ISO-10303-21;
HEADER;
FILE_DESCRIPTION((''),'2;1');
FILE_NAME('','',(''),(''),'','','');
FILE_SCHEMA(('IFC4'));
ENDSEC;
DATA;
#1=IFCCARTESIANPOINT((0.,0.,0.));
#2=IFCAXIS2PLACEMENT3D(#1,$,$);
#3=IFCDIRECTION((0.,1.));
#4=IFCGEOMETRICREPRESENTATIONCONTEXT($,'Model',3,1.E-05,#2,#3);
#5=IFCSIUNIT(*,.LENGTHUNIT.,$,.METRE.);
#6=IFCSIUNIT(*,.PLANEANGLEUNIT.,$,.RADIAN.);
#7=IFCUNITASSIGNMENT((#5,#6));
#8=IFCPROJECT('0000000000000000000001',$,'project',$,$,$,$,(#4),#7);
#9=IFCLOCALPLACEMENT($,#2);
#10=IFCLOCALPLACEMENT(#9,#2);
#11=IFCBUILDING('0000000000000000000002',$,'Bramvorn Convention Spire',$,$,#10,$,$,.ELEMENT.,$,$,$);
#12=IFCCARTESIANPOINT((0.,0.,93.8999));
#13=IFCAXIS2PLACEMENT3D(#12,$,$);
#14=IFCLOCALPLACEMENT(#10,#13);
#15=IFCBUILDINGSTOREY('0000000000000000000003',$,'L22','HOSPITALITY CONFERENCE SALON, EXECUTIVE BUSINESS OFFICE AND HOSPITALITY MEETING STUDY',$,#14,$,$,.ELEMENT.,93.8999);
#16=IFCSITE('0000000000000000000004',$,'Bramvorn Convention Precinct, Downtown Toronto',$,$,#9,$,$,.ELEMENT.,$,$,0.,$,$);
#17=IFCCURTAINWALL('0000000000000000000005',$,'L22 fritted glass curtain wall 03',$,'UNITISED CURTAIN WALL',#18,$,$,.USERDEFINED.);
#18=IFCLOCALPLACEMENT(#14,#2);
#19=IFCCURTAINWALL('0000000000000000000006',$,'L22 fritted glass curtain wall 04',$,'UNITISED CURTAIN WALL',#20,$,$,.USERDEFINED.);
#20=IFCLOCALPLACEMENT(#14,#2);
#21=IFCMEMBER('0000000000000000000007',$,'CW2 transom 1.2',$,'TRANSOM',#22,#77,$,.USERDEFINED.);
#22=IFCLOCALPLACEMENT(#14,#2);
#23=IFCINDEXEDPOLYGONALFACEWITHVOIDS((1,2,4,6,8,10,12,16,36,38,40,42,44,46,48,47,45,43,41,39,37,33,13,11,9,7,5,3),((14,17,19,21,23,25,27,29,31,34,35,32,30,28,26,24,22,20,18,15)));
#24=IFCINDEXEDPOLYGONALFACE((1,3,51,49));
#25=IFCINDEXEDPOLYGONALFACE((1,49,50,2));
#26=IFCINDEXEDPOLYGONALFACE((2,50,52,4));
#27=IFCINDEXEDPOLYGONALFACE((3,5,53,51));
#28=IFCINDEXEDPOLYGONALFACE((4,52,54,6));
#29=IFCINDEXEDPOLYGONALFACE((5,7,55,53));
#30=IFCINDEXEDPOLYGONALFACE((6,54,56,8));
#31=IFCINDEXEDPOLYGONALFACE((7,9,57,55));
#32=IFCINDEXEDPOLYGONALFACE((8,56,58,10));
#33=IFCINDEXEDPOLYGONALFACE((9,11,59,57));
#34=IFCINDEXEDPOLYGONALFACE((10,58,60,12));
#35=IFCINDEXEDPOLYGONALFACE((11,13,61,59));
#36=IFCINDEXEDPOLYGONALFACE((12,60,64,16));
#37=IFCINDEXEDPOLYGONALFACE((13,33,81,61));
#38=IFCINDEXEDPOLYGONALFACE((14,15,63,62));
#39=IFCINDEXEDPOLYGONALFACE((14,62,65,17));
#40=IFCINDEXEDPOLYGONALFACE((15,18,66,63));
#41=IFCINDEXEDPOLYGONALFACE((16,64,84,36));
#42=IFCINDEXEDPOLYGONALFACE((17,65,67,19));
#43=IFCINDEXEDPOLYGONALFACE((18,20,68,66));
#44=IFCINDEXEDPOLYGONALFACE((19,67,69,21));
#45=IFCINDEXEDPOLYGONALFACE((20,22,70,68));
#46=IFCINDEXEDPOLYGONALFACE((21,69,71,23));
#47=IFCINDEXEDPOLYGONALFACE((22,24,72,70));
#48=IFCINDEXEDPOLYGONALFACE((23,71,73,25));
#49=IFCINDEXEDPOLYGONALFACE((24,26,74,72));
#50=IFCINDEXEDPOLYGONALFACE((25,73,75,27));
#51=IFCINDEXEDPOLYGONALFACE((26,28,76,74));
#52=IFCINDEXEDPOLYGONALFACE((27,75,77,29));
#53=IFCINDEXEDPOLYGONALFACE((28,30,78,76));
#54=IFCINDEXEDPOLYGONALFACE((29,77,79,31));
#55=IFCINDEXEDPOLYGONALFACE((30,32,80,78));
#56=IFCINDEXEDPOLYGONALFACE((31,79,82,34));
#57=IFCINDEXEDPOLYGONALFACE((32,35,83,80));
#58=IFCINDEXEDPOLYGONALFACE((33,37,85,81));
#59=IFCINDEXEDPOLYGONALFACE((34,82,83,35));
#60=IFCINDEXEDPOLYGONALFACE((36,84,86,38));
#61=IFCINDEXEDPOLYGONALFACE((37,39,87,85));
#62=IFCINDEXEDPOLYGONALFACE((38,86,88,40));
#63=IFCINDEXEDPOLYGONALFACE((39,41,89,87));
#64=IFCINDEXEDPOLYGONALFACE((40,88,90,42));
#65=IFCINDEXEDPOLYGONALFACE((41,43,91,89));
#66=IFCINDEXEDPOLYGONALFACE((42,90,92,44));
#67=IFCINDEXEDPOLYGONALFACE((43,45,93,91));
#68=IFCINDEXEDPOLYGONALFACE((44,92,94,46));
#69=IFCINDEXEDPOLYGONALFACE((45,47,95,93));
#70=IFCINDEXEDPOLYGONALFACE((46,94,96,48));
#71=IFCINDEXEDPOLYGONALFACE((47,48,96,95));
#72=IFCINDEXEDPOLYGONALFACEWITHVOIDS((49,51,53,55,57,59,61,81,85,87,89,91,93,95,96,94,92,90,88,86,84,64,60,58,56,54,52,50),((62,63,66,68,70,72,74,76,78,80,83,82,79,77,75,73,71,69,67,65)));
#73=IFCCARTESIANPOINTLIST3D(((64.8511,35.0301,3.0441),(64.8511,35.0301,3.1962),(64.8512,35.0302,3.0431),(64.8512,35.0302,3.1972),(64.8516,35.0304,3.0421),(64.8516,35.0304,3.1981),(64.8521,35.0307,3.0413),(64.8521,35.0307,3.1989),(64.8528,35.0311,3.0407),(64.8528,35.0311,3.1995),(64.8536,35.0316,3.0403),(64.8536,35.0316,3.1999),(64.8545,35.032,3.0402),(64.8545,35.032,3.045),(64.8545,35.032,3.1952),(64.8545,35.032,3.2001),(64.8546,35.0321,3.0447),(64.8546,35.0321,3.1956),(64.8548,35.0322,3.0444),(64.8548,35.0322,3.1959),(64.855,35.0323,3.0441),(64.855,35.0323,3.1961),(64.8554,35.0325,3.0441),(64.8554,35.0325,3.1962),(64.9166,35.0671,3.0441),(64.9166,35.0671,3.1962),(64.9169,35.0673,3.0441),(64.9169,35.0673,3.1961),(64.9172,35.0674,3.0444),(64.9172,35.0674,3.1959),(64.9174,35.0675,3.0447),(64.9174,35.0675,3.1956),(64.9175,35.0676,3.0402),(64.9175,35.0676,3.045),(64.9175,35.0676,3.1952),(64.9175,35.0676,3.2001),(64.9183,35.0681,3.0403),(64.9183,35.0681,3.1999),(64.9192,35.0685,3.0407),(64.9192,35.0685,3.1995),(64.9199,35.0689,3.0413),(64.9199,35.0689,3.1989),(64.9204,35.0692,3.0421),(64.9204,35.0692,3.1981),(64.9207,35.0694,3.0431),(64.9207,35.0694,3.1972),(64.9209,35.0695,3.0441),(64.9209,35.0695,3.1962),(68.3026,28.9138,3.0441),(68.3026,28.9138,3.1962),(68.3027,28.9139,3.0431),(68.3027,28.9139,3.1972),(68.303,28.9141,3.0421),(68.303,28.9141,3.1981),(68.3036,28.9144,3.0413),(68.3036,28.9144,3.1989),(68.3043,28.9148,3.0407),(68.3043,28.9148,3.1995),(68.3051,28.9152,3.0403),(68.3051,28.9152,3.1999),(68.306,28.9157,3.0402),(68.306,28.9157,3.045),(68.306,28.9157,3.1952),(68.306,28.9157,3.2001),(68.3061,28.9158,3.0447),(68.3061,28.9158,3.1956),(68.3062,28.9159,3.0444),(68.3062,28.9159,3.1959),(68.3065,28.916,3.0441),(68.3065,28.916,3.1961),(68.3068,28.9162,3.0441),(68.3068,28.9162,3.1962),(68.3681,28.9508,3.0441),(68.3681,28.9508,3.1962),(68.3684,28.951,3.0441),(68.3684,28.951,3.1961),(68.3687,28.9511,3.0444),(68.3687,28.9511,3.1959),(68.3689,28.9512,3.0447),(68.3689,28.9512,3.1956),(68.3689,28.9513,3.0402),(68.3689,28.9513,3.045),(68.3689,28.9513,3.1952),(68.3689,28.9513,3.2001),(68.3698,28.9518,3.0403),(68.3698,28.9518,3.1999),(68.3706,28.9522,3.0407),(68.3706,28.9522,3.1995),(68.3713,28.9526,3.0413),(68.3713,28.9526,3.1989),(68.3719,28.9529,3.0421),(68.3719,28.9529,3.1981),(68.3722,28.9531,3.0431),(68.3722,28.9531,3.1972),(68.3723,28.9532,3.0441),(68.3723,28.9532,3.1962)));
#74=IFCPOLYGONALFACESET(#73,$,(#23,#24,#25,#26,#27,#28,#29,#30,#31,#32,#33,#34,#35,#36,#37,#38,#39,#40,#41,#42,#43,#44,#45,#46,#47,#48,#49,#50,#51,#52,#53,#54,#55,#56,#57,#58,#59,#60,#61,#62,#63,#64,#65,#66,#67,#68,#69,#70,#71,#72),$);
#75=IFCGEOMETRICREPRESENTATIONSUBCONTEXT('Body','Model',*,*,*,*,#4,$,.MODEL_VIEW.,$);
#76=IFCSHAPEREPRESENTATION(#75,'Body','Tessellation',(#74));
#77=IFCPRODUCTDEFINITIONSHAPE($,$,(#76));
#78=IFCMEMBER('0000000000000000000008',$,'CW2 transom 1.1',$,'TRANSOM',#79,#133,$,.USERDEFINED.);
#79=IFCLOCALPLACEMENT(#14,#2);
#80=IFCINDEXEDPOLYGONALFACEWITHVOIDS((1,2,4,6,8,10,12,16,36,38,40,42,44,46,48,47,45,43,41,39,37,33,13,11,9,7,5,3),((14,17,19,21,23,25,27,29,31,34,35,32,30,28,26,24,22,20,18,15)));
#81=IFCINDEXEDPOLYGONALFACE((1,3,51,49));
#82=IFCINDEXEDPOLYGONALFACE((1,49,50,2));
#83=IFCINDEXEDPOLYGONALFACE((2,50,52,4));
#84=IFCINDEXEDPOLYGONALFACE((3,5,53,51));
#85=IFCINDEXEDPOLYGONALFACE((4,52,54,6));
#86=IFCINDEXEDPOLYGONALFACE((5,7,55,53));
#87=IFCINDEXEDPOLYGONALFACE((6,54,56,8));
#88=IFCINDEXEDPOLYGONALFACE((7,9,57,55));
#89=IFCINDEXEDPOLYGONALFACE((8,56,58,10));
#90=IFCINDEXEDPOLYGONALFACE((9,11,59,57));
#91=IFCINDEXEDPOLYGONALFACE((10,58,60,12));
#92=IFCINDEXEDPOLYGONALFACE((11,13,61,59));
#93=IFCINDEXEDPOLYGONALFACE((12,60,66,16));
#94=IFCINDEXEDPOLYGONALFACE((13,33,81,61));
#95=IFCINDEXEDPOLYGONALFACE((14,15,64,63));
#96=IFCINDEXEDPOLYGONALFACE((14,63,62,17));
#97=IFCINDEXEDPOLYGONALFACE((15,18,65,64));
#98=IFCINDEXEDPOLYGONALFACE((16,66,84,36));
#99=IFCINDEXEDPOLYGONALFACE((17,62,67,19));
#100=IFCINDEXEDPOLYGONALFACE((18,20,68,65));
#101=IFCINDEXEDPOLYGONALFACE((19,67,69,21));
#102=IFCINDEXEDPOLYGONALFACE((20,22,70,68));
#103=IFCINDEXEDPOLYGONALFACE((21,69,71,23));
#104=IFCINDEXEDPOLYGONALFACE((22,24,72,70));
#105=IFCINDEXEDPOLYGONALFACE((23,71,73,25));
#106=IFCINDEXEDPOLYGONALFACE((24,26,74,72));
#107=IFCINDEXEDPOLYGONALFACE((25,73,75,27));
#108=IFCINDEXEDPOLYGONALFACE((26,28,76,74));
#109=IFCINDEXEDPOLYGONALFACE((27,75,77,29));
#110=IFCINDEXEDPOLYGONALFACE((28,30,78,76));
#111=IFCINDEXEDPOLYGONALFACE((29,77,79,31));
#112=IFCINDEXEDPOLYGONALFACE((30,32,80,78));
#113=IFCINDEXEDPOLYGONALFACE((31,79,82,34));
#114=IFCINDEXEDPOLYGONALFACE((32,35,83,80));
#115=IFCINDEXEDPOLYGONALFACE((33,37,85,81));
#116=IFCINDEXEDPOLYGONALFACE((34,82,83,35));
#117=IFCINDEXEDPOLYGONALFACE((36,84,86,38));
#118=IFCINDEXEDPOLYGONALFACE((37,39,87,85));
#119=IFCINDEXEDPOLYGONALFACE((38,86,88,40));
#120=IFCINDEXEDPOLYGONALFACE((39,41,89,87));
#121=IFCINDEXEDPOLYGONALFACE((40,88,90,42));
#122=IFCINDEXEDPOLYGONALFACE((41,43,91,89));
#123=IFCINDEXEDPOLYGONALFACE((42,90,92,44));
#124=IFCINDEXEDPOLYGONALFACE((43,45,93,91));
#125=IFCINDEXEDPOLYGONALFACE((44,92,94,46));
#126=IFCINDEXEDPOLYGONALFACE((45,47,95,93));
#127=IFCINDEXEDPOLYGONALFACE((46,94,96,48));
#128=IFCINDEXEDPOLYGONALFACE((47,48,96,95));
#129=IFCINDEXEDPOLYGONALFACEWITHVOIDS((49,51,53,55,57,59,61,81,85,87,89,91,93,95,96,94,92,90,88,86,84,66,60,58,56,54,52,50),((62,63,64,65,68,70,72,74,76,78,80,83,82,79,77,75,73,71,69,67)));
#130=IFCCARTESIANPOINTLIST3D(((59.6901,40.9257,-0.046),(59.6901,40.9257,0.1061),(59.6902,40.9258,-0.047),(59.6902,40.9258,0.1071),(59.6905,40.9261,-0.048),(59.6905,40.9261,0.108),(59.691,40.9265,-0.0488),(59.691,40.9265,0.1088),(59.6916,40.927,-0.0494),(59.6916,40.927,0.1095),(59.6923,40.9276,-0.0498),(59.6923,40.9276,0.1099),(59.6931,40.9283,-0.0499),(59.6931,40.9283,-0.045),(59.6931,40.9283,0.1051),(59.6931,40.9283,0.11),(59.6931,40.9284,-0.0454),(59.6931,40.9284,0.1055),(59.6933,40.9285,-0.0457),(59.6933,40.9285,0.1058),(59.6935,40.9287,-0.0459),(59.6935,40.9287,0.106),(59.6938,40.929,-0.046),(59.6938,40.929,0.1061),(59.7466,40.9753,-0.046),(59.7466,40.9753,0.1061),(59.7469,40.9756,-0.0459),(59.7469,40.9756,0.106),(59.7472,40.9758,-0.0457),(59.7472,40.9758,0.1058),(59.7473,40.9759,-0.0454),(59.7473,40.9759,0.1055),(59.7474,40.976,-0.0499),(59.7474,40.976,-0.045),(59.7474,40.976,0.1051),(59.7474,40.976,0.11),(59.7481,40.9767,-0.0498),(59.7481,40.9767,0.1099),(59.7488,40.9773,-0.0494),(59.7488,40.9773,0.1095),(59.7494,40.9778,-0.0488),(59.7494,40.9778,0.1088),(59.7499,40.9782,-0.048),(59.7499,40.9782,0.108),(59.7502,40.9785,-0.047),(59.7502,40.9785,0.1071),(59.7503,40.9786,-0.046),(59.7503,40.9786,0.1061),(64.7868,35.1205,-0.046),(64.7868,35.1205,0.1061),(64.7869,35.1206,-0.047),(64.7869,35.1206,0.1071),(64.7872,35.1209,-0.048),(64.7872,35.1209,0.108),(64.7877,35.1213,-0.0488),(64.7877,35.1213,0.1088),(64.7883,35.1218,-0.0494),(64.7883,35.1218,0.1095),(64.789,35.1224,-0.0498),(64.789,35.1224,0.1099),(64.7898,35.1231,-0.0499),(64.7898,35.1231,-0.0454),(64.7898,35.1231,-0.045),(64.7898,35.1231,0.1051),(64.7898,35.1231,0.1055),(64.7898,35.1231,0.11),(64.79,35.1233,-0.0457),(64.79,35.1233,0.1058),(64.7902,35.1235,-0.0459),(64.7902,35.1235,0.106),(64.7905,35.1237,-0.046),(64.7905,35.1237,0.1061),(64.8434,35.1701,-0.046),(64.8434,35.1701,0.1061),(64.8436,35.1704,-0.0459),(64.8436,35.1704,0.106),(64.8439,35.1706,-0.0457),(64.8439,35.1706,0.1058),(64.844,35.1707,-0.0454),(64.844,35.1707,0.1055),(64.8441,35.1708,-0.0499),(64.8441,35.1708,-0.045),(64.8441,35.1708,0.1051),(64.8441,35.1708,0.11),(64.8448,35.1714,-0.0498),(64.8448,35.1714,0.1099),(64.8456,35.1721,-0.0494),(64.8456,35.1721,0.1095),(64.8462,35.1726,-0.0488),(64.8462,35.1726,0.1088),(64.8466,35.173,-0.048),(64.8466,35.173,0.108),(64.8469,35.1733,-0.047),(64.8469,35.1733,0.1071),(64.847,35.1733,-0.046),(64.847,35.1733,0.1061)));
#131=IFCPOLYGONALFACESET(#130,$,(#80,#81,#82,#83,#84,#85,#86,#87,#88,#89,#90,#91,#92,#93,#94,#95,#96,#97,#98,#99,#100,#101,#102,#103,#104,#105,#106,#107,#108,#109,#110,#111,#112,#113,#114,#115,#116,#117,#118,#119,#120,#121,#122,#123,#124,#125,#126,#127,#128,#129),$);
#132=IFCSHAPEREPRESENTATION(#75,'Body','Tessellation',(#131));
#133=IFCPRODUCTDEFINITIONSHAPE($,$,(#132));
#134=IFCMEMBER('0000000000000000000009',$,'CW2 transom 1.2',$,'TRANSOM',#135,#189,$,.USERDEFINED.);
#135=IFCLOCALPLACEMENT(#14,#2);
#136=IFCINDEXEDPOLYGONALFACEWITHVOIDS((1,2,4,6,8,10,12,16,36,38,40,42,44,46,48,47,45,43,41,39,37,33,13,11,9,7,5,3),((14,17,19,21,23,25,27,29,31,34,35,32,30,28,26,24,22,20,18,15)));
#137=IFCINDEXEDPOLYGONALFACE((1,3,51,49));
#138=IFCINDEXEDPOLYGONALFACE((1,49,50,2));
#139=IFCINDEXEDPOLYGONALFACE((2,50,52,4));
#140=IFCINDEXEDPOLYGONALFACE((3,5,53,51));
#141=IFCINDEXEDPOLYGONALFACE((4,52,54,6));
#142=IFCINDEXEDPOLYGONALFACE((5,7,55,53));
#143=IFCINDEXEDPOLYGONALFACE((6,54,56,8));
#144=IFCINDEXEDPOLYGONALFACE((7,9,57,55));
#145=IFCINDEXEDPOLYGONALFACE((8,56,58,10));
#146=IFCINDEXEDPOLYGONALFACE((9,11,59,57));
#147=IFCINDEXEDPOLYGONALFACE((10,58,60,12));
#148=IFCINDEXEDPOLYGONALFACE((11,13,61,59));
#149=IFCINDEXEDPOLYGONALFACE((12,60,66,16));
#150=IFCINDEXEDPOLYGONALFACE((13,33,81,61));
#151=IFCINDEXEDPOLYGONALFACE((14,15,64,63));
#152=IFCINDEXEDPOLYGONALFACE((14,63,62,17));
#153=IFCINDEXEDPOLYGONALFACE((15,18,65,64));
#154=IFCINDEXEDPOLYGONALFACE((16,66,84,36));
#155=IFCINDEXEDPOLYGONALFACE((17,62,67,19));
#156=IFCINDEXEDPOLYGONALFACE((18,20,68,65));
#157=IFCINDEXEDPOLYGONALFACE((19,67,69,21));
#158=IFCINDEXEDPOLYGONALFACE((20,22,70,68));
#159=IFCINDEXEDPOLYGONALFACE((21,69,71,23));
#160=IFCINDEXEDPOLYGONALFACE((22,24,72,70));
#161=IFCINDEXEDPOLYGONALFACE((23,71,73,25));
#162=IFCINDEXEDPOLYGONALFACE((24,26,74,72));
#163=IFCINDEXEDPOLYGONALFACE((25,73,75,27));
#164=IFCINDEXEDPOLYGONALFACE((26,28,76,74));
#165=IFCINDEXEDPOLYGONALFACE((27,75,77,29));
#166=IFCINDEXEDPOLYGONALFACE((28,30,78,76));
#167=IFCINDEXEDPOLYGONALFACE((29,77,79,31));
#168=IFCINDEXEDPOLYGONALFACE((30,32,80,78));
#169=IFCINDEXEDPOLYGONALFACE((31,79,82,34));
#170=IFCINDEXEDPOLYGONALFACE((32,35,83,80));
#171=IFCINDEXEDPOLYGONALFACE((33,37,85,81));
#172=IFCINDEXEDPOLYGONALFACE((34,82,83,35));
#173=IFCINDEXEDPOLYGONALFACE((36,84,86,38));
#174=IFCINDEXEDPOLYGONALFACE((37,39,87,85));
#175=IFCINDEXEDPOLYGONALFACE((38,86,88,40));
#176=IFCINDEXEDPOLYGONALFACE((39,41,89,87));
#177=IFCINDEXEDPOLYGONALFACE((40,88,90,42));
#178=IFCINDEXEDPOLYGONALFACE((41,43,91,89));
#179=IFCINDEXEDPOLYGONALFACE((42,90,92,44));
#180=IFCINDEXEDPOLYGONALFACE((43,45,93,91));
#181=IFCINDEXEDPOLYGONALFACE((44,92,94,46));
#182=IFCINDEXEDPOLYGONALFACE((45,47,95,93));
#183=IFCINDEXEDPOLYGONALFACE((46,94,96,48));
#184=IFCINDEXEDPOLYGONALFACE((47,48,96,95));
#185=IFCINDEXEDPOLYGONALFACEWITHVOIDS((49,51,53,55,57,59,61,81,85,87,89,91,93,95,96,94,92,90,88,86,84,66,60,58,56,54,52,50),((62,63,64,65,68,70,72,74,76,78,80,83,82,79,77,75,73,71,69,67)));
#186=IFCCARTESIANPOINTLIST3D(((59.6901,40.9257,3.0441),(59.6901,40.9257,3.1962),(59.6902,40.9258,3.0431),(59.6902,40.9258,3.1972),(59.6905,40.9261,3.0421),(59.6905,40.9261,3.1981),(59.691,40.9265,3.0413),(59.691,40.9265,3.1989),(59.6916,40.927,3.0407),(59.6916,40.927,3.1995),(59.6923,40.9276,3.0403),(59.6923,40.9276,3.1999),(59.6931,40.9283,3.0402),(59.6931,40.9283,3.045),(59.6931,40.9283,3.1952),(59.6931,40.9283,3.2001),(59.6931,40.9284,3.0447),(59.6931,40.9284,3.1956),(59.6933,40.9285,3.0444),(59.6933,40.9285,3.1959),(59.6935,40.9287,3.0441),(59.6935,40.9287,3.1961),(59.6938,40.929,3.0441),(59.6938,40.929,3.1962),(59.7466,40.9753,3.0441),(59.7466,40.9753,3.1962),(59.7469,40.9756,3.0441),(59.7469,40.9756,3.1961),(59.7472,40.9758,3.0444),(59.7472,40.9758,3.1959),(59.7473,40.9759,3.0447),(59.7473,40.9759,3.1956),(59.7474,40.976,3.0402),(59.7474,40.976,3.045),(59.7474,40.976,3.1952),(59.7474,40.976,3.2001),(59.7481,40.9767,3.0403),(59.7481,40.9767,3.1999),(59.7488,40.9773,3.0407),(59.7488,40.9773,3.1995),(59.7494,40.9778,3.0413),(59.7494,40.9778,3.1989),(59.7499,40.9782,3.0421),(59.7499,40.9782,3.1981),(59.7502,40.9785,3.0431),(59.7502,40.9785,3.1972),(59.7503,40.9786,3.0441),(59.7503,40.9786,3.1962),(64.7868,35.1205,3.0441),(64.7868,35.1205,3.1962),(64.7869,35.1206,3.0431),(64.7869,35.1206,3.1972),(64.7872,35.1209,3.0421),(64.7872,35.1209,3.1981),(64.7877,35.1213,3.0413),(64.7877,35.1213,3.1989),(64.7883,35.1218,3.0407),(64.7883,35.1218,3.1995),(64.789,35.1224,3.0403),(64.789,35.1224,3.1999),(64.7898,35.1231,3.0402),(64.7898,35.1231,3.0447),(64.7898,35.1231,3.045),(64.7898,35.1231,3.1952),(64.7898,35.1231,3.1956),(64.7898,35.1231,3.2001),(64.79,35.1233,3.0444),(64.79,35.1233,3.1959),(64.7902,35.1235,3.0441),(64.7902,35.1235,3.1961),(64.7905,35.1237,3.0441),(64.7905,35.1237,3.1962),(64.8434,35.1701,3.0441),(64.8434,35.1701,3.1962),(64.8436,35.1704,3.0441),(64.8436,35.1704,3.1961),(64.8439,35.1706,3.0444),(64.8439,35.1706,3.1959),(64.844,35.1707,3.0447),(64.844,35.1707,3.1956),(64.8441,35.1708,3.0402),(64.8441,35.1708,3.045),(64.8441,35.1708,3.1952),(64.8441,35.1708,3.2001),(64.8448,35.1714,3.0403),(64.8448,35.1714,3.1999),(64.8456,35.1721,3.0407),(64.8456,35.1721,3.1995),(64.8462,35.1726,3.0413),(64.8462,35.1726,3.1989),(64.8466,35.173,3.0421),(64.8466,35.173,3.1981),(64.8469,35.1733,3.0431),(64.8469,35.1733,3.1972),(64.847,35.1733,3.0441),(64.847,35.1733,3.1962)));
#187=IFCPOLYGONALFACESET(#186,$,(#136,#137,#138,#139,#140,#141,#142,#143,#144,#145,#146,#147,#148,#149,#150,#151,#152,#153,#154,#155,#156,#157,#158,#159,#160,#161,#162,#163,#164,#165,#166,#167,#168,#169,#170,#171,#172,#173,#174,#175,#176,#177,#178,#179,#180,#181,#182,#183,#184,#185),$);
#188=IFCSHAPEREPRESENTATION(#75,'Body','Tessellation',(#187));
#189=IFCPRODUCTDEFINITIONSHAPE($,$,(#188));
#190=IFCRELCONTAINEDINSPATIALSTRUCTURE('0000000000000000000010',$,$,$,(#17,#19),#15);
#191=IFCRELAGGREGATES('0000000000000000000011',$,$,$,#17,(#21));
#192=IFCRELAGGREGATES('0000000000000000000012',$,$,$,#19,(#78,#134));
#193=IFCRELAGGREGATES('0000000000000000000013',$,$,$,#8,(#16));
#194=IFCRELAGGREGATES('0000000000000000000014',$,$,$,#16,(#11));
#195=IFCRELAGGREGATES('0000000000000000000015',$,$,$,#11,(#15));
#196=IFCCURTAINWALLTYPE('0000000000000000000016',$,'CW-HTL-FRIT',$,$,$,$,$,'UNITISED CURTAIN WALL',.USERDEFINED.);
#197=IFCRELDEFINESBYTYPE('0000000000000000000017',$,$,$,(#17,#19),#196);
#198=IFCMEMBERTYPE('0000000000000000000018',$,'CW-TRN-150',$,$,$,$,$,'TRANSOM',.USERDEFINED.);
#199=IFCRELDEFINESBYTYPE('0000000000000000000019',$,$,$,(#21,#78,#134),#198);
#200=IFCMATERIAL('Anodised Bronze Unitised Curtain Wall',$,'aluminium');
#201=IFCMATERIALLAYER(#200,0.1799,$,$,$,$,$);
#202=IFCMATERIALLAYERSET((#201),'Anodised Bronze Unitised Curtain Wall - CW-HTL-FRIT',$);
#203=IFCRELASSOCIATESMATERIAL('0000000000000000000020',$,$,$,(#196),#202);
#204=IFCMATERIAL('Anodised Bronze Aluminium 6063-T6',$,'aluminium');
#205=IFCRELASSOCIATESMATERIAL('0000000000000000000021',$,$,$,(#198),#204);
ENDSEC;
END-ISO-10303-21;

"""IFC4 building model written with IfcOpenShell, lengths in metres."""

from ifc_helpers import new_model, si_unit, direction, frame, origin, origin_2d, place, context, subcontext, project, spatial, hollow_rectangle, extrude, material, layer, layer_set, material_profile, profile_set, type_object, element, aggregate, save


model = new_model("IFC4")

# Units and contexts
model_context = context("Model", 3, precision=1e-05, world=origin(), true_north=direction((0.0, 1.0)))
body_context = subcontext(model_context, "Body", "Model", "MODEL_VIEW")
ifc_project = project(units=[si_unit("LENGTHUNIT", "METRE"), si_unit("PLANEANGLEUNIT", "RADIAN")], contexts=[model_context])

# Site, building, storey
site_placement = place(None, origin())
site = spatial("IfcSite", under=ifc_project, at=site_placement, Name="Bramvorn Convention Precinct, Downtown Toronto", CompositionType="ELEMENT", RefElevation=0.0)
building_placement = place(site_placement, origin())
building = spatial("IfcBuilding", under=site, at=building_placement, Name="Bramvorn Convention Spire", CompositionType="ELEMENT")
storey_placement = place(building_placement, frame((0.0, 0.0, 93.8999)))
storey = spatial("IfcBuildingStorey", under=building, at=storey_placement, Name="L22", Description="HOSPITALITY CONFERENCE SALON, EXECUTIVE BUSINESS OFFICE AND HOSPITALITY MEETING STUDY", CompositionType="ELEMENT", Elevation=93.8999)

# Curtain walls
ifc_material_1 = material(Name="Anodised Bronze Unitised Curtain Wall", Category="aluminium")
ifc_layer_1 = layer(ifc_material_1, 0.1799)
ifc_layer_set_1 = layer_set([ifc_layer_1], Name="Anodised Bronze Unitised Curtain Wall - CW-HTL-FRIT")
curtain_wall_type = type_object("IfcCurtainWallType", Name="CW-HTL-FRIT", ElementType="UNITISED CURTAIN WALL", PredefinedType="USERDEFINED", material=ifc_layer_set_1)
curtain_wall_1_placement = place(storey_placement, origin())
curtain_wall_1 = element("IfcCurtainWall", 1, at=curtain_wall_1_placement, inside=storey, type_object=curtain_wall_type, Name="L22 fritted glass curtain wall 03", ObjectType="UNITISED CURTAIN WALL", PredefinedType="USERDEFINED")
ifc_material_2 = material(Name="Anodised Bronze Aluminium 6063-T6", Category="aluminium")
curtain_wall_2_placement = place(storey_placement, origin())
curtain_wall_2 = element("IfcCurtainWall", 2, at=curtain_wall_2_placement, inside=storey, type_object=curtain_wall_type, Name="L22 fritted glass curtain wall 04", ObjectType="UNITISED CURTAIN WALL", PredefinedType="USERDEFINED")

# Members
ifc_material_profile_1 = material_profile(ifc_material_2, hollow_rectangle(XDim=0.0801, YDim=0.1599, WallThickness=0.0039, InnerFilletRadius=0.001, OuterFilletRadius=0.0039, at=origin_2d()))
ifc_profile_set_1 = profile_set([ifc_material_profile_1], Name="Anodised Bronze Aluminium 6063-T6 - CWT80X160")
member_type_1 = type_object("IfcMemberType", Name="CW-TRN-150", ElementType="TRANSOM", PredefinedType="USERDEFINED", material=ifc_profile_set_1)
member_1_placement = place(storey_placement, frame((64.886, 35.0498, 3.1201), z_axis=(0.491456, -0.870903, 0.0), x_axis=(0.870903, 0.491456, 0.0)))
member_1 = element("IfcMember", 3, at=member_1_placement, type_object=member_type_1, Name="CW2 transom 1.2", ObjectType="TRANSOM", PredefinedType="USERDEFINED", context=body_context, shape_type="SweptSolid", body=[
    extrude(hollow_rectangle(XDim=0.0801, YDim=0.1599, WallThickness=0.0039, InnerFilletRadius=0.001, OuterFilletRadius=0.0039, at=origin_2d()), origin(), (0.0, 0.0, 1.0), 7.0229),
])
member_2_placement = place(storey_placement, frame((59.7202, 40.9521, 0.03), z_axis=(0.659761, -0.751475, 0.0), x_axis=(0.751475, 0.659761, 0.0)))
member_2 = element("IfcMember", 4, at=member_2_placement, type_object=member_type_1, Name="CW2 transom 1.1", ObjectType="TRANSOM", PredefinedType="USERDEFINED", context=body_context, shape_type="SweptSolid", body=[
    extrude(hollow_rectangle(XDim=0.0801, YDim=0.1599, WallThickness=0.0039, InnerFilletRadius=0.001, OuterFilletRadius=0.0039, at=origin_2d()), origin(), (0.0, 0.0, 1.0), 7.7251),
])
member_3_placement = place(storey_placement, frame((59.7202, 40.9521, 3.1201), z_axis=(0.659761, -0.751475, 0.0), x_axis=(0.751475, 0.659761, 0.0)))
member_3 = element("IfcMember", 5, at=member_3_placement, type_object=member_type_1, Name="CW2 transom 1.2", ObjectType="TRANSOM", PredefinedType="USERDEFINED", context=body_context, shape_type="SweptSolid", body=[
    extrude(hollow_rectangle(XDim=0.0801, YDim=0.1599, WallThickness=0.0039, InnerFilletRadius=0.001, OuterFilletRadius=0.0039, at=origin_2d()), origin(), (0.0, 0.0, 1.0), 7.7251),
])

aggregate(curtain_wall_1, [member_1])
aggregate(curtain_wall_2, [member_2, member_3])

save(model, "model.ifc")
